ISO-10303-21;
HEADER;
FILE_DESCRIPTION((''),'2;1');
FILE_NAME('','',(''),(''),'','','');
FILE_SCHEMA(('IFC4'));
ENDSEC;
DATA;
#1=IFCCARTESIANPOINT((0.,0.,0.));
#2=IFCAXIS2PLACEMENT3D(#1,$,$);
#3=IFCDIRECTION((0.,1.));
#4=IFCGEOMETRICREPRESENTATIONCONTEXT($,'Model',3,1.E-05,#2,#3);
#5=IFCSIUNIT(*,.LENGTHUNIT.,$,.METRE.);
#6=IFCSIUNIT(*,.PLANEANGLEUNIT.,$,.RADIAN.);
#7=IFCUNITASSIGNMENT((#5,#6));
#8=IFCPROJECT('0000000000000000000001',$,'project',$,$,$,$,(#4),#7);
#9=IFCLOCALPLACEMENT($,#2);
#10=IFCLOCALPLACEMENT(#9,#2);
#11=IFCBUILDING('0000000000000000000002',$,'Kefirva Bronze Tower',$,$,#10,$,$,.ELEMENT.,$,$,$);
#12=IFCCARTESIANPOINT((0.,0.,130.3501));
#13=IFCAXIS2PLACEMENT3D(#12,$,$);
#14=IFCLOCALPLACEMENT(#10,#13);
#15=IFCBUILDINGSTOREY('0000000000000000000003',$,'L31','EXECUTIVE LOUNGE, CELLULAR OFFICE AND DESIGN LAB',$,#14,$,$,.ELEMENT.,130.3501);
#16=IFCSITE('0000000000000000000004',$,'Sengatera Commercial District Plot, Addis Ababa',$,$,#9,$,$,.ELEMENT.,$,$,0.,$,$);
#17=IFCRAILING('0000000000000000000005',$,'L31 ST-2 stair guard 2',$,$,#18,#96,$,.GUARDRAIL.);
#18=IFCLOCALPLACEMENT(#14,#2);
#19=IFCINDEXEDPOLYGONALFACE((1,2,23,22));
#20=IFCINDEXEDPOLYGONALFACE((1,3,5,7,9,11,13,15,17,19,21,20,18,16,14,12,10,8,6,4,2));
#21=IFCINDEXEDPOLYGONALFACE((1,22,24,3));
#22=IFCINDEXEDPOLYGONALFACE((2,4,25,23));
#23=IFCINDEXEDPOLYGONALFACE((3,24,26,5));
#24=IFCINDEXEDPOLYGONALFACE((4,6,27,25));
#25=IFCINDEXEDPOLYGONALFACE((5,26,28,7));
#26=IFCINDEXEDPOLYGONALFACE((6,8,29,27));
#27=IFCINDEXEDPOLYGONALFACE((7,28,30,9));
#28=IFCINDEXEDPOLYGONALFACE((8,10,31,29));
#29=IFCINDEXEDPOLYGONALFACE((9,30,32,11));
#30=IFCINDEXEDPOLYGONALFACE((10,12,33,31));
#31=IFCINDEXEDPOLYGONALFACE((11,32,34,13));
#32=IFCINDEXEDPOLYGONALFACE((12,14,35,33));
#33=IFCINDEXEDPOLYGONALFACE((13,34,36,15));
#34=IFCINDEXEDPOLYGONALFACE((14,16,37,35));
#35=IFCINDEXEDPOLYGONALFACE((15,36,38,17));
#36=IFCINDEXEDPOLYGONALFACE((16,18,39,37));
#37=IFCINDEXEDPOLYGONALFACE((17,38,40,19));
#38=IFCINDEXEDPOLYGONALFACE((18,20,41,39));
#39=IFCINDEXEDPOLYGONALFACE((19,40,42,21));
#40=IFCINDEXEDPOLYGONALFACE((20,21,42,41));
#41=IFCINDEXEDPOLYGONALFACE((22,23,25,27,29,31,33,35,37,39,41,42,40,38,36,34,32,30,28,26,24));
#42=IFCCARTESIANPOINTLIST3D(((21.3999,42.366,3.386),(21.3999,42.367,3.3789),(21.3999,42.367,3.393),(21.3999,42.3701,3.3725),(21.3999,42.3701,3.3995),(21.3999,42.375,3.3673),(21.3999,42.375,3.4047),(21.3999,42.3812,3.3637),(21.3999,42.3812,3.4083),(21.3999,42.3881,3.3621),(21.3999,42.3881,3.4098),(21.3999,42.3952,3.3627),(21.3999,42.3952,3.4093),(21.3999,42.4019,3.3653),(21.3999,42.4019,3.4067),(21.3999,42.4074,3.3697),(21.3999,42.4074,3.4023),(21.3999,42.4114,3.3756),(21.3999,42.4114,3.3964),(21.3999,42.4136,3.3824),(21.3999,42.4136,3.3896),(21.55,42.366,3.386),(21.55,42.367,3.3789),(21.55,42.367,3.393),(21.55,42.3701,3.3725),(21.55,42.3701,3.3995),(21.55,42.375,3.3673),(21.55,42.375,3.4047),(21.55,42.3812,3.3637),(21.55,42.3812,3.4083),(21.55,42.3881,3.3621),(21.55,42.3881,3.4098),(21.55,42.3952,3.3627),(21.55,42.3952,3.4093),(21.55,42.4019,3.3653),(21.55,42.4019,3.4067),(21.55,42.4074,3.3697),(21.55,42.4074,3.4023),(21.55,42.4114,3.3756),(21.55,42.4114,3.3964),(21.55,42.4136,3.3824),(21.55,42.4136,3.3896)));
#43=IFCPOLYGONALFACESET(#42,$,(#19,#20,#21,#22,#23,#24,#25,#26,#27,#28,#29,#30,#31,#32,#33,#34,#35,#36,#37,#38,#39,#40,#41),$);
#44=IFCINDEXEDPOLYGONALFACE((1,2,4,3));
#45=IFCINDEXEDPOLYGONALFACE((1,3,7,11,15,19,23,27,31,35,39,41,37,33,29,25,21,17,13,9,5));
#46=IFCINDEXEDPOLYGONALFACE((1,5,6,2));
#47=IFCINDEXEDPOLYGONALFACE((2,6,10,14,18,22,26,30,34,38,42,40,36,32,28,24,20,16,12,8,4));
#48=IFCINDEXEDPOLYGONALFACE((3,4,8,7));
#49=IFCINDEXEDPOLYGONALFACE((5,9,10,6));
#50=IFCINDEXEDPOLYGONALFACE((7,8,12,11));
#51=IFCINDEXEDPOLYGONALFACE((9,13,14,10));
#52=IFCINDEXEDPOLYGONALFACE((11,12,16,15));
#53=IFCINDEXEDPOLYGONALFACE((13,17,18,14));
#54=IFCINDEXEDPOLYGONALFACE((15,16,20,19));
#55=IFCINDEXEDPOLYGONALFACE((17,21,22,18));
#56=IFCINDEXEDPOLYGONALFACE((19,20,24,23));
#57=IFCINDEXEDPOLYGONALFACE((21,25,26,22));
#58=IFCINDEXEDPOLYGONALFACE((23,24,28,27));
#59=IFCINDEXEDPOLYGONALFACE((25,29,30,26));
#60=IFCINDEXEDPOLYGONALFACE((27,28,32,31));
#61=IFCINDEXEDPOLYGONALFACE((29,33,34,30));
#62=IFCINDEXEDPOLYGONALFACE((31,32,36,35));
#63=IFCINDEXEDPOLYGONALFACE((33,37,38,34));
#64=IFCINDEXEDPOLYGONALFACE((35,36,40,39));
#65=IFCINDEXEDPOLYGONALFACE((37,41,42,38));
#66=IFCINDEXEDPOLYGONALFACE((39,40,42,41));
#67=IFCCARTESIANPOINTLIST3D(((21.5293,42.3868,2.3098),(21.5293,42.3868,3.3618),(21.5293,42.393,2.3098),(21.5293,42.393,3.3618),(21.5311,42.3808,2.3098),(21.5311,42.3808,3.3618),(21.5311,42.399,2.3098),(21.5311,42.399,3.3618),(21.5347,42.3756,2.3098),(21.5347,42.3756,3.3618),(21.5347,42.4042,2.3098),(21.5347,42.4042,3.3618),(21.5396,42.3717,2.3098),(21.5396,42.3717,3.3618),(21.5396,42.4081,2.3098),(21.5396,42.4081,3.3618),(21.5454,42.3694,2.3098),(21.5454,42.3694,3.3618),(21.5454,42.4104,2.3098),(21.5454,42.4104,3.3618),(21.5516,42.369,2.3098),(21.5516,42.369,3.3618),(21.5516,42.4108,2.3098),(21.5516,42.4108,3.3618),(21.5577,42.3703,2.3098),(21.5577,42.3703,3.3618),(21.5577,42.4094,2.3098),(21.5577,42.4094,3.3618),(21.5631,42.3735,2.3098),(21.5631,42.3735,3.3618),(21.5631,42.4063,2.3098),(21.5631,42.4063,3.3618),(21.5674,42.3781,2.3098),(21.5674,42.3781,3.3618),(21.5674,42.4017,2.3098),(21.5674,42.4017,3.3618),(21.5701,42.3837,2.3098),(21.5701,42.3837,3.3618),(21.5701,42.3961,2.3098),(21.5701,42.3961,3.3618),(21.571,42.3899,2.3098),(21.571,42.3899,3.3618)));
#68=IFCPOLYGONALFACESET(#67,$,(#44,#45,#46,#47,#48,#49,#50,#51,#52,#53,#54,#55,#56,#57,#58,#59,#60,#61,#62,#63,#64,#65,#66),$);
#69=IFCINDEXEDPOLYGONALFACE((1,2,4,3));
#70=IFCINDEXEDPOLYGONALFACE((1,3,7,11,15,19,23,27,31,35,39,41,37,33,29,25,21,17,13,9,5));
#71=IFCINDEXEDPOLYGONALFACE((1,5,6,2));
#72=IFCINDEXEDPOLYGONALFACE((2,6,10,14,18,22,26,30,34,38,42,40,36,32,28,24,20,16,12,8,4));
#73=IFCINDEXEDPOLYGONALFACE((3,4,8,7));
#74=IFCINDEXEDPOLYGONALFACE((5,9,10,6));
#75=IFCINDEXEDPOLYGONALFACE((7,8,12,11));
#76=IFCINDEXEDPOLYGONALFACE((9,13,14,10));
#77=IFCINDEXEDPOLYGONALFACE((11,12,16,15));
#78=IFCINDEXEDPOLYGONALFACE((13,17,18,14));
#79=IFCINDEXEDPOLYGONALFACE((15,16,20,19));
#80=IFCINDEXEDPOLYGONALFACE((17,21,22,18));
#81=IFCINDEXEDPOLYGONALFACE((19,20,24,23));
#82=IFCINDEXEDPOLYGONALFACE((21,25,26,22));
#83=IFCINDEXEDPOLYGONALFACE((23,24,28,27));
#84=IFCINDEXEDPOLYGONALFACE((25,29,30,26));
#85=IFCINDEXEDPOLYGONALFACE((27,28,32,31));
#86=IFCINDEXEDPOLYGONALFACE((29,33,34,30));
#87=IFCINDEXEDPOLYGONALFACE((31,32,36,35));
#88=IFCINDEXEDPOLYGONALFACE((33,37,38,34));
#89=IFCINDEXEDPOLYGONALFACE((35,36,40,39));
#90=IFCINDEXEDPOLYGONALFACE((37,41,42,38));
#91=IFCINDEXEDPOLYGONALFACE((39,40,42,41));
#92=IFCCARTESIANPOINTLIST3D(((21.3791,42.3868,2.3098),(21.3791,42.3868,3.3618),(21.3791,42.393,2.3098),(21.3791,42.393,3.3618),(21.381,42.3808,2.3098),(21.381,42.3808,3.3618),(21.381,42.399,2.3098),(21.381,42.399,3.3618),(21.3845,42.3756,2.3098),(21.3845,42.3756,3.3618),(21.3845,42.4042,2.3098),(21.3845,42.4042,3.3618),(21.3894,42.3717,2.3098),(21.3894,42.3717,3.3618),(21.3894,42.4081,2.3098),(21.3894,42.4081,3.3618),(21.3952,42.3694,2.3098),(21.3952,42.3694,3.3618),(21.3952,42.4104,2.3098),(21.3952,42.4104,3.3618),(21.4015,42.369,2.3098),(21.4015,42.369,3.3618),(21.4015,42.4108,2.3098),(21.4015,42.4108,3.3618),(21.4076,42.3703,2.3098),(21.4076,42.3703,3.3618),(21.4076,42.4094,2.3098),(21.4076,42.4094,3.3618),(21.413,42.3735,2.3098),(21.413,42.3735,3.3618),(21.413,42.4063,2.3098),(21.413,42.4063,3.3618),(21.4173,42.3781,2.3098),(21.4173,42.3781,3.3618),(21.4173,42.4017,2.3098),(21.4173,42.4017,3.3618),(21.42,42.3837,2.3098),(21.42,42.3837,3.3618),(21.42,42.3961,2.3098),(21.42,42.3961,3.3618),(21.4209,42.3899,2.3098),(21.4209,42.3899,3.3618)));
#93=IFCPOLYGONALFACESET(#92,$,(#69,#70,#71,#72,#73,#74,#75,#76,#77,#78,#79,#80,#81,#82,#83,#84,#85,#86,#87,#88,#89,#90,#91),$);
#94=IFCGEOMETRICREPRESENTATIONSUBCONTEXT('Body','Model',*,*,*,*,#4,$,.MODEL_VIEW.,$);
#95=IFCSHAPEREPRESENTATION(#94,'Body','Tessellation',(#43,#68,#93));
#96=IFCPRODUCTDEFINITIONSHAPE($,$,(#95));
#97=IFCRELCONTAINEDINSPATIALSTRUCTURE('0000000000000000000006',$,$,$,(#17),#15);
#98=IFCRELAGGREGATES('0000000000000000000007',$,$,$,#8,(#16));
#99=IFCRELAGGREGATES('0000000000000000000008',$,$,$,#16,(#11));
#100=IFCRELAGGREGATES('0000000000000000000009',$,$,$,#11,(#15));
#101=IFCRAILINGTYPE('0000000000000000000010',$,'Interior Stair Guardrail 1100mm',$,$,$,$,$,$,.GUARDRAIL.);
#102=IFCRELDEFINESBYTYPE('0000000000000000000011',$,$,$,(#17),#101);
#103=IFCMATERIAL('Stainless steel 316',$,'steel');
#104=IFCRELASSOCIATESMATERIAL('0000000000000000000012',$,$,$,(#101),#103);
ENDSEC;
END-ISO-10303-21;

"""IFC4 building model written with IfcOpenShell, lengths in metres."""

from ifc_helpers import new_model, si_unit, direction, frame, origin, origin_2d, place, context, subcontext, project, spatial, circle, extrude, material, type_object, element, save


model = new_model("IFC4")

# Units and contexts
model_context = context("Model", 3, precision=1e-05, world=origin(), true_north=direction((0.0, 1.0)))
body_context = subcontext(model_context, "Body", "Model", "MODEL_VIEW")
ifc_project = project(units=[si_unit("LENGTHUNIT", "METRE"), si_unit("PLANEANGLEUNIT", "RADIAN")], contexts=[model_context])

# Site, building, storey
site_placement = place(None, origin())
site = spatial("IfcSite", under=ifc_project, at=site_placement, Name="Sengatera Commercial District Plot, Addis Ababa", CompositionType="ELEMENT", RefElevation=0.0)
building_placement = place(site_placement, origin())
building = spatial("IfcBuilding", under=site, at=building_placement, Name="Kefirva Bronze Tower", CompositionType="ELEMENT")
storey_placement = place(building_placement, frame((0.0, 0.0, 130.3501)))
storey = spatial("IfcBuildingStorey", under=building, at=storey_placement, Name="L31", Description="EXECUTIVE LOUNGE, CELLULAR OFFICE AND DESIGN LAB", CompositionType="ELEMENT", Elevation=130.3501)

# Railing
ifc_material_1 = material(Name="Stainless steel 316", Category="steel")
railing_type_1 = type_object("IfcRailingType", Name="Interior Stair Guardrail 1100mm", PredefinedType="GUARDRAIL", material=ifc_material_1)
railing_1_placement = place(storey_placement, frame((21.55, 42.3899, 2.3098)))
element("IfcRailing", 1, at=railing_1_placement, inside=storey, type_object=railing_type_1, Name="L31 ST-2 stair guard 2", PredefinedType="GUARDRAIL", context=body_context, shape_type="SweptSolid", body=[
    extrude(circle(Radius=0.0239, at=origin_2d()), frame((0.0, 0.0, 1.0762), z_axis=(-1.0, 0.0, 0.0), x_axis=(0.0, -1.0, 0.0)), (0.0, 0.0, 1.0), 0.1501),
    extrude(circle(Radius=0.021, at=origin_2d()), origin(), (0.0, 0.0, 1.0), 1.052),
    extrude(circle(Radius=0.021, at=origin_2d()), frame((-0.1501, 0.0, 0.0)), (0.0, 0.0, 1.0), 1.052),
])

save(model, "model.ifc")
